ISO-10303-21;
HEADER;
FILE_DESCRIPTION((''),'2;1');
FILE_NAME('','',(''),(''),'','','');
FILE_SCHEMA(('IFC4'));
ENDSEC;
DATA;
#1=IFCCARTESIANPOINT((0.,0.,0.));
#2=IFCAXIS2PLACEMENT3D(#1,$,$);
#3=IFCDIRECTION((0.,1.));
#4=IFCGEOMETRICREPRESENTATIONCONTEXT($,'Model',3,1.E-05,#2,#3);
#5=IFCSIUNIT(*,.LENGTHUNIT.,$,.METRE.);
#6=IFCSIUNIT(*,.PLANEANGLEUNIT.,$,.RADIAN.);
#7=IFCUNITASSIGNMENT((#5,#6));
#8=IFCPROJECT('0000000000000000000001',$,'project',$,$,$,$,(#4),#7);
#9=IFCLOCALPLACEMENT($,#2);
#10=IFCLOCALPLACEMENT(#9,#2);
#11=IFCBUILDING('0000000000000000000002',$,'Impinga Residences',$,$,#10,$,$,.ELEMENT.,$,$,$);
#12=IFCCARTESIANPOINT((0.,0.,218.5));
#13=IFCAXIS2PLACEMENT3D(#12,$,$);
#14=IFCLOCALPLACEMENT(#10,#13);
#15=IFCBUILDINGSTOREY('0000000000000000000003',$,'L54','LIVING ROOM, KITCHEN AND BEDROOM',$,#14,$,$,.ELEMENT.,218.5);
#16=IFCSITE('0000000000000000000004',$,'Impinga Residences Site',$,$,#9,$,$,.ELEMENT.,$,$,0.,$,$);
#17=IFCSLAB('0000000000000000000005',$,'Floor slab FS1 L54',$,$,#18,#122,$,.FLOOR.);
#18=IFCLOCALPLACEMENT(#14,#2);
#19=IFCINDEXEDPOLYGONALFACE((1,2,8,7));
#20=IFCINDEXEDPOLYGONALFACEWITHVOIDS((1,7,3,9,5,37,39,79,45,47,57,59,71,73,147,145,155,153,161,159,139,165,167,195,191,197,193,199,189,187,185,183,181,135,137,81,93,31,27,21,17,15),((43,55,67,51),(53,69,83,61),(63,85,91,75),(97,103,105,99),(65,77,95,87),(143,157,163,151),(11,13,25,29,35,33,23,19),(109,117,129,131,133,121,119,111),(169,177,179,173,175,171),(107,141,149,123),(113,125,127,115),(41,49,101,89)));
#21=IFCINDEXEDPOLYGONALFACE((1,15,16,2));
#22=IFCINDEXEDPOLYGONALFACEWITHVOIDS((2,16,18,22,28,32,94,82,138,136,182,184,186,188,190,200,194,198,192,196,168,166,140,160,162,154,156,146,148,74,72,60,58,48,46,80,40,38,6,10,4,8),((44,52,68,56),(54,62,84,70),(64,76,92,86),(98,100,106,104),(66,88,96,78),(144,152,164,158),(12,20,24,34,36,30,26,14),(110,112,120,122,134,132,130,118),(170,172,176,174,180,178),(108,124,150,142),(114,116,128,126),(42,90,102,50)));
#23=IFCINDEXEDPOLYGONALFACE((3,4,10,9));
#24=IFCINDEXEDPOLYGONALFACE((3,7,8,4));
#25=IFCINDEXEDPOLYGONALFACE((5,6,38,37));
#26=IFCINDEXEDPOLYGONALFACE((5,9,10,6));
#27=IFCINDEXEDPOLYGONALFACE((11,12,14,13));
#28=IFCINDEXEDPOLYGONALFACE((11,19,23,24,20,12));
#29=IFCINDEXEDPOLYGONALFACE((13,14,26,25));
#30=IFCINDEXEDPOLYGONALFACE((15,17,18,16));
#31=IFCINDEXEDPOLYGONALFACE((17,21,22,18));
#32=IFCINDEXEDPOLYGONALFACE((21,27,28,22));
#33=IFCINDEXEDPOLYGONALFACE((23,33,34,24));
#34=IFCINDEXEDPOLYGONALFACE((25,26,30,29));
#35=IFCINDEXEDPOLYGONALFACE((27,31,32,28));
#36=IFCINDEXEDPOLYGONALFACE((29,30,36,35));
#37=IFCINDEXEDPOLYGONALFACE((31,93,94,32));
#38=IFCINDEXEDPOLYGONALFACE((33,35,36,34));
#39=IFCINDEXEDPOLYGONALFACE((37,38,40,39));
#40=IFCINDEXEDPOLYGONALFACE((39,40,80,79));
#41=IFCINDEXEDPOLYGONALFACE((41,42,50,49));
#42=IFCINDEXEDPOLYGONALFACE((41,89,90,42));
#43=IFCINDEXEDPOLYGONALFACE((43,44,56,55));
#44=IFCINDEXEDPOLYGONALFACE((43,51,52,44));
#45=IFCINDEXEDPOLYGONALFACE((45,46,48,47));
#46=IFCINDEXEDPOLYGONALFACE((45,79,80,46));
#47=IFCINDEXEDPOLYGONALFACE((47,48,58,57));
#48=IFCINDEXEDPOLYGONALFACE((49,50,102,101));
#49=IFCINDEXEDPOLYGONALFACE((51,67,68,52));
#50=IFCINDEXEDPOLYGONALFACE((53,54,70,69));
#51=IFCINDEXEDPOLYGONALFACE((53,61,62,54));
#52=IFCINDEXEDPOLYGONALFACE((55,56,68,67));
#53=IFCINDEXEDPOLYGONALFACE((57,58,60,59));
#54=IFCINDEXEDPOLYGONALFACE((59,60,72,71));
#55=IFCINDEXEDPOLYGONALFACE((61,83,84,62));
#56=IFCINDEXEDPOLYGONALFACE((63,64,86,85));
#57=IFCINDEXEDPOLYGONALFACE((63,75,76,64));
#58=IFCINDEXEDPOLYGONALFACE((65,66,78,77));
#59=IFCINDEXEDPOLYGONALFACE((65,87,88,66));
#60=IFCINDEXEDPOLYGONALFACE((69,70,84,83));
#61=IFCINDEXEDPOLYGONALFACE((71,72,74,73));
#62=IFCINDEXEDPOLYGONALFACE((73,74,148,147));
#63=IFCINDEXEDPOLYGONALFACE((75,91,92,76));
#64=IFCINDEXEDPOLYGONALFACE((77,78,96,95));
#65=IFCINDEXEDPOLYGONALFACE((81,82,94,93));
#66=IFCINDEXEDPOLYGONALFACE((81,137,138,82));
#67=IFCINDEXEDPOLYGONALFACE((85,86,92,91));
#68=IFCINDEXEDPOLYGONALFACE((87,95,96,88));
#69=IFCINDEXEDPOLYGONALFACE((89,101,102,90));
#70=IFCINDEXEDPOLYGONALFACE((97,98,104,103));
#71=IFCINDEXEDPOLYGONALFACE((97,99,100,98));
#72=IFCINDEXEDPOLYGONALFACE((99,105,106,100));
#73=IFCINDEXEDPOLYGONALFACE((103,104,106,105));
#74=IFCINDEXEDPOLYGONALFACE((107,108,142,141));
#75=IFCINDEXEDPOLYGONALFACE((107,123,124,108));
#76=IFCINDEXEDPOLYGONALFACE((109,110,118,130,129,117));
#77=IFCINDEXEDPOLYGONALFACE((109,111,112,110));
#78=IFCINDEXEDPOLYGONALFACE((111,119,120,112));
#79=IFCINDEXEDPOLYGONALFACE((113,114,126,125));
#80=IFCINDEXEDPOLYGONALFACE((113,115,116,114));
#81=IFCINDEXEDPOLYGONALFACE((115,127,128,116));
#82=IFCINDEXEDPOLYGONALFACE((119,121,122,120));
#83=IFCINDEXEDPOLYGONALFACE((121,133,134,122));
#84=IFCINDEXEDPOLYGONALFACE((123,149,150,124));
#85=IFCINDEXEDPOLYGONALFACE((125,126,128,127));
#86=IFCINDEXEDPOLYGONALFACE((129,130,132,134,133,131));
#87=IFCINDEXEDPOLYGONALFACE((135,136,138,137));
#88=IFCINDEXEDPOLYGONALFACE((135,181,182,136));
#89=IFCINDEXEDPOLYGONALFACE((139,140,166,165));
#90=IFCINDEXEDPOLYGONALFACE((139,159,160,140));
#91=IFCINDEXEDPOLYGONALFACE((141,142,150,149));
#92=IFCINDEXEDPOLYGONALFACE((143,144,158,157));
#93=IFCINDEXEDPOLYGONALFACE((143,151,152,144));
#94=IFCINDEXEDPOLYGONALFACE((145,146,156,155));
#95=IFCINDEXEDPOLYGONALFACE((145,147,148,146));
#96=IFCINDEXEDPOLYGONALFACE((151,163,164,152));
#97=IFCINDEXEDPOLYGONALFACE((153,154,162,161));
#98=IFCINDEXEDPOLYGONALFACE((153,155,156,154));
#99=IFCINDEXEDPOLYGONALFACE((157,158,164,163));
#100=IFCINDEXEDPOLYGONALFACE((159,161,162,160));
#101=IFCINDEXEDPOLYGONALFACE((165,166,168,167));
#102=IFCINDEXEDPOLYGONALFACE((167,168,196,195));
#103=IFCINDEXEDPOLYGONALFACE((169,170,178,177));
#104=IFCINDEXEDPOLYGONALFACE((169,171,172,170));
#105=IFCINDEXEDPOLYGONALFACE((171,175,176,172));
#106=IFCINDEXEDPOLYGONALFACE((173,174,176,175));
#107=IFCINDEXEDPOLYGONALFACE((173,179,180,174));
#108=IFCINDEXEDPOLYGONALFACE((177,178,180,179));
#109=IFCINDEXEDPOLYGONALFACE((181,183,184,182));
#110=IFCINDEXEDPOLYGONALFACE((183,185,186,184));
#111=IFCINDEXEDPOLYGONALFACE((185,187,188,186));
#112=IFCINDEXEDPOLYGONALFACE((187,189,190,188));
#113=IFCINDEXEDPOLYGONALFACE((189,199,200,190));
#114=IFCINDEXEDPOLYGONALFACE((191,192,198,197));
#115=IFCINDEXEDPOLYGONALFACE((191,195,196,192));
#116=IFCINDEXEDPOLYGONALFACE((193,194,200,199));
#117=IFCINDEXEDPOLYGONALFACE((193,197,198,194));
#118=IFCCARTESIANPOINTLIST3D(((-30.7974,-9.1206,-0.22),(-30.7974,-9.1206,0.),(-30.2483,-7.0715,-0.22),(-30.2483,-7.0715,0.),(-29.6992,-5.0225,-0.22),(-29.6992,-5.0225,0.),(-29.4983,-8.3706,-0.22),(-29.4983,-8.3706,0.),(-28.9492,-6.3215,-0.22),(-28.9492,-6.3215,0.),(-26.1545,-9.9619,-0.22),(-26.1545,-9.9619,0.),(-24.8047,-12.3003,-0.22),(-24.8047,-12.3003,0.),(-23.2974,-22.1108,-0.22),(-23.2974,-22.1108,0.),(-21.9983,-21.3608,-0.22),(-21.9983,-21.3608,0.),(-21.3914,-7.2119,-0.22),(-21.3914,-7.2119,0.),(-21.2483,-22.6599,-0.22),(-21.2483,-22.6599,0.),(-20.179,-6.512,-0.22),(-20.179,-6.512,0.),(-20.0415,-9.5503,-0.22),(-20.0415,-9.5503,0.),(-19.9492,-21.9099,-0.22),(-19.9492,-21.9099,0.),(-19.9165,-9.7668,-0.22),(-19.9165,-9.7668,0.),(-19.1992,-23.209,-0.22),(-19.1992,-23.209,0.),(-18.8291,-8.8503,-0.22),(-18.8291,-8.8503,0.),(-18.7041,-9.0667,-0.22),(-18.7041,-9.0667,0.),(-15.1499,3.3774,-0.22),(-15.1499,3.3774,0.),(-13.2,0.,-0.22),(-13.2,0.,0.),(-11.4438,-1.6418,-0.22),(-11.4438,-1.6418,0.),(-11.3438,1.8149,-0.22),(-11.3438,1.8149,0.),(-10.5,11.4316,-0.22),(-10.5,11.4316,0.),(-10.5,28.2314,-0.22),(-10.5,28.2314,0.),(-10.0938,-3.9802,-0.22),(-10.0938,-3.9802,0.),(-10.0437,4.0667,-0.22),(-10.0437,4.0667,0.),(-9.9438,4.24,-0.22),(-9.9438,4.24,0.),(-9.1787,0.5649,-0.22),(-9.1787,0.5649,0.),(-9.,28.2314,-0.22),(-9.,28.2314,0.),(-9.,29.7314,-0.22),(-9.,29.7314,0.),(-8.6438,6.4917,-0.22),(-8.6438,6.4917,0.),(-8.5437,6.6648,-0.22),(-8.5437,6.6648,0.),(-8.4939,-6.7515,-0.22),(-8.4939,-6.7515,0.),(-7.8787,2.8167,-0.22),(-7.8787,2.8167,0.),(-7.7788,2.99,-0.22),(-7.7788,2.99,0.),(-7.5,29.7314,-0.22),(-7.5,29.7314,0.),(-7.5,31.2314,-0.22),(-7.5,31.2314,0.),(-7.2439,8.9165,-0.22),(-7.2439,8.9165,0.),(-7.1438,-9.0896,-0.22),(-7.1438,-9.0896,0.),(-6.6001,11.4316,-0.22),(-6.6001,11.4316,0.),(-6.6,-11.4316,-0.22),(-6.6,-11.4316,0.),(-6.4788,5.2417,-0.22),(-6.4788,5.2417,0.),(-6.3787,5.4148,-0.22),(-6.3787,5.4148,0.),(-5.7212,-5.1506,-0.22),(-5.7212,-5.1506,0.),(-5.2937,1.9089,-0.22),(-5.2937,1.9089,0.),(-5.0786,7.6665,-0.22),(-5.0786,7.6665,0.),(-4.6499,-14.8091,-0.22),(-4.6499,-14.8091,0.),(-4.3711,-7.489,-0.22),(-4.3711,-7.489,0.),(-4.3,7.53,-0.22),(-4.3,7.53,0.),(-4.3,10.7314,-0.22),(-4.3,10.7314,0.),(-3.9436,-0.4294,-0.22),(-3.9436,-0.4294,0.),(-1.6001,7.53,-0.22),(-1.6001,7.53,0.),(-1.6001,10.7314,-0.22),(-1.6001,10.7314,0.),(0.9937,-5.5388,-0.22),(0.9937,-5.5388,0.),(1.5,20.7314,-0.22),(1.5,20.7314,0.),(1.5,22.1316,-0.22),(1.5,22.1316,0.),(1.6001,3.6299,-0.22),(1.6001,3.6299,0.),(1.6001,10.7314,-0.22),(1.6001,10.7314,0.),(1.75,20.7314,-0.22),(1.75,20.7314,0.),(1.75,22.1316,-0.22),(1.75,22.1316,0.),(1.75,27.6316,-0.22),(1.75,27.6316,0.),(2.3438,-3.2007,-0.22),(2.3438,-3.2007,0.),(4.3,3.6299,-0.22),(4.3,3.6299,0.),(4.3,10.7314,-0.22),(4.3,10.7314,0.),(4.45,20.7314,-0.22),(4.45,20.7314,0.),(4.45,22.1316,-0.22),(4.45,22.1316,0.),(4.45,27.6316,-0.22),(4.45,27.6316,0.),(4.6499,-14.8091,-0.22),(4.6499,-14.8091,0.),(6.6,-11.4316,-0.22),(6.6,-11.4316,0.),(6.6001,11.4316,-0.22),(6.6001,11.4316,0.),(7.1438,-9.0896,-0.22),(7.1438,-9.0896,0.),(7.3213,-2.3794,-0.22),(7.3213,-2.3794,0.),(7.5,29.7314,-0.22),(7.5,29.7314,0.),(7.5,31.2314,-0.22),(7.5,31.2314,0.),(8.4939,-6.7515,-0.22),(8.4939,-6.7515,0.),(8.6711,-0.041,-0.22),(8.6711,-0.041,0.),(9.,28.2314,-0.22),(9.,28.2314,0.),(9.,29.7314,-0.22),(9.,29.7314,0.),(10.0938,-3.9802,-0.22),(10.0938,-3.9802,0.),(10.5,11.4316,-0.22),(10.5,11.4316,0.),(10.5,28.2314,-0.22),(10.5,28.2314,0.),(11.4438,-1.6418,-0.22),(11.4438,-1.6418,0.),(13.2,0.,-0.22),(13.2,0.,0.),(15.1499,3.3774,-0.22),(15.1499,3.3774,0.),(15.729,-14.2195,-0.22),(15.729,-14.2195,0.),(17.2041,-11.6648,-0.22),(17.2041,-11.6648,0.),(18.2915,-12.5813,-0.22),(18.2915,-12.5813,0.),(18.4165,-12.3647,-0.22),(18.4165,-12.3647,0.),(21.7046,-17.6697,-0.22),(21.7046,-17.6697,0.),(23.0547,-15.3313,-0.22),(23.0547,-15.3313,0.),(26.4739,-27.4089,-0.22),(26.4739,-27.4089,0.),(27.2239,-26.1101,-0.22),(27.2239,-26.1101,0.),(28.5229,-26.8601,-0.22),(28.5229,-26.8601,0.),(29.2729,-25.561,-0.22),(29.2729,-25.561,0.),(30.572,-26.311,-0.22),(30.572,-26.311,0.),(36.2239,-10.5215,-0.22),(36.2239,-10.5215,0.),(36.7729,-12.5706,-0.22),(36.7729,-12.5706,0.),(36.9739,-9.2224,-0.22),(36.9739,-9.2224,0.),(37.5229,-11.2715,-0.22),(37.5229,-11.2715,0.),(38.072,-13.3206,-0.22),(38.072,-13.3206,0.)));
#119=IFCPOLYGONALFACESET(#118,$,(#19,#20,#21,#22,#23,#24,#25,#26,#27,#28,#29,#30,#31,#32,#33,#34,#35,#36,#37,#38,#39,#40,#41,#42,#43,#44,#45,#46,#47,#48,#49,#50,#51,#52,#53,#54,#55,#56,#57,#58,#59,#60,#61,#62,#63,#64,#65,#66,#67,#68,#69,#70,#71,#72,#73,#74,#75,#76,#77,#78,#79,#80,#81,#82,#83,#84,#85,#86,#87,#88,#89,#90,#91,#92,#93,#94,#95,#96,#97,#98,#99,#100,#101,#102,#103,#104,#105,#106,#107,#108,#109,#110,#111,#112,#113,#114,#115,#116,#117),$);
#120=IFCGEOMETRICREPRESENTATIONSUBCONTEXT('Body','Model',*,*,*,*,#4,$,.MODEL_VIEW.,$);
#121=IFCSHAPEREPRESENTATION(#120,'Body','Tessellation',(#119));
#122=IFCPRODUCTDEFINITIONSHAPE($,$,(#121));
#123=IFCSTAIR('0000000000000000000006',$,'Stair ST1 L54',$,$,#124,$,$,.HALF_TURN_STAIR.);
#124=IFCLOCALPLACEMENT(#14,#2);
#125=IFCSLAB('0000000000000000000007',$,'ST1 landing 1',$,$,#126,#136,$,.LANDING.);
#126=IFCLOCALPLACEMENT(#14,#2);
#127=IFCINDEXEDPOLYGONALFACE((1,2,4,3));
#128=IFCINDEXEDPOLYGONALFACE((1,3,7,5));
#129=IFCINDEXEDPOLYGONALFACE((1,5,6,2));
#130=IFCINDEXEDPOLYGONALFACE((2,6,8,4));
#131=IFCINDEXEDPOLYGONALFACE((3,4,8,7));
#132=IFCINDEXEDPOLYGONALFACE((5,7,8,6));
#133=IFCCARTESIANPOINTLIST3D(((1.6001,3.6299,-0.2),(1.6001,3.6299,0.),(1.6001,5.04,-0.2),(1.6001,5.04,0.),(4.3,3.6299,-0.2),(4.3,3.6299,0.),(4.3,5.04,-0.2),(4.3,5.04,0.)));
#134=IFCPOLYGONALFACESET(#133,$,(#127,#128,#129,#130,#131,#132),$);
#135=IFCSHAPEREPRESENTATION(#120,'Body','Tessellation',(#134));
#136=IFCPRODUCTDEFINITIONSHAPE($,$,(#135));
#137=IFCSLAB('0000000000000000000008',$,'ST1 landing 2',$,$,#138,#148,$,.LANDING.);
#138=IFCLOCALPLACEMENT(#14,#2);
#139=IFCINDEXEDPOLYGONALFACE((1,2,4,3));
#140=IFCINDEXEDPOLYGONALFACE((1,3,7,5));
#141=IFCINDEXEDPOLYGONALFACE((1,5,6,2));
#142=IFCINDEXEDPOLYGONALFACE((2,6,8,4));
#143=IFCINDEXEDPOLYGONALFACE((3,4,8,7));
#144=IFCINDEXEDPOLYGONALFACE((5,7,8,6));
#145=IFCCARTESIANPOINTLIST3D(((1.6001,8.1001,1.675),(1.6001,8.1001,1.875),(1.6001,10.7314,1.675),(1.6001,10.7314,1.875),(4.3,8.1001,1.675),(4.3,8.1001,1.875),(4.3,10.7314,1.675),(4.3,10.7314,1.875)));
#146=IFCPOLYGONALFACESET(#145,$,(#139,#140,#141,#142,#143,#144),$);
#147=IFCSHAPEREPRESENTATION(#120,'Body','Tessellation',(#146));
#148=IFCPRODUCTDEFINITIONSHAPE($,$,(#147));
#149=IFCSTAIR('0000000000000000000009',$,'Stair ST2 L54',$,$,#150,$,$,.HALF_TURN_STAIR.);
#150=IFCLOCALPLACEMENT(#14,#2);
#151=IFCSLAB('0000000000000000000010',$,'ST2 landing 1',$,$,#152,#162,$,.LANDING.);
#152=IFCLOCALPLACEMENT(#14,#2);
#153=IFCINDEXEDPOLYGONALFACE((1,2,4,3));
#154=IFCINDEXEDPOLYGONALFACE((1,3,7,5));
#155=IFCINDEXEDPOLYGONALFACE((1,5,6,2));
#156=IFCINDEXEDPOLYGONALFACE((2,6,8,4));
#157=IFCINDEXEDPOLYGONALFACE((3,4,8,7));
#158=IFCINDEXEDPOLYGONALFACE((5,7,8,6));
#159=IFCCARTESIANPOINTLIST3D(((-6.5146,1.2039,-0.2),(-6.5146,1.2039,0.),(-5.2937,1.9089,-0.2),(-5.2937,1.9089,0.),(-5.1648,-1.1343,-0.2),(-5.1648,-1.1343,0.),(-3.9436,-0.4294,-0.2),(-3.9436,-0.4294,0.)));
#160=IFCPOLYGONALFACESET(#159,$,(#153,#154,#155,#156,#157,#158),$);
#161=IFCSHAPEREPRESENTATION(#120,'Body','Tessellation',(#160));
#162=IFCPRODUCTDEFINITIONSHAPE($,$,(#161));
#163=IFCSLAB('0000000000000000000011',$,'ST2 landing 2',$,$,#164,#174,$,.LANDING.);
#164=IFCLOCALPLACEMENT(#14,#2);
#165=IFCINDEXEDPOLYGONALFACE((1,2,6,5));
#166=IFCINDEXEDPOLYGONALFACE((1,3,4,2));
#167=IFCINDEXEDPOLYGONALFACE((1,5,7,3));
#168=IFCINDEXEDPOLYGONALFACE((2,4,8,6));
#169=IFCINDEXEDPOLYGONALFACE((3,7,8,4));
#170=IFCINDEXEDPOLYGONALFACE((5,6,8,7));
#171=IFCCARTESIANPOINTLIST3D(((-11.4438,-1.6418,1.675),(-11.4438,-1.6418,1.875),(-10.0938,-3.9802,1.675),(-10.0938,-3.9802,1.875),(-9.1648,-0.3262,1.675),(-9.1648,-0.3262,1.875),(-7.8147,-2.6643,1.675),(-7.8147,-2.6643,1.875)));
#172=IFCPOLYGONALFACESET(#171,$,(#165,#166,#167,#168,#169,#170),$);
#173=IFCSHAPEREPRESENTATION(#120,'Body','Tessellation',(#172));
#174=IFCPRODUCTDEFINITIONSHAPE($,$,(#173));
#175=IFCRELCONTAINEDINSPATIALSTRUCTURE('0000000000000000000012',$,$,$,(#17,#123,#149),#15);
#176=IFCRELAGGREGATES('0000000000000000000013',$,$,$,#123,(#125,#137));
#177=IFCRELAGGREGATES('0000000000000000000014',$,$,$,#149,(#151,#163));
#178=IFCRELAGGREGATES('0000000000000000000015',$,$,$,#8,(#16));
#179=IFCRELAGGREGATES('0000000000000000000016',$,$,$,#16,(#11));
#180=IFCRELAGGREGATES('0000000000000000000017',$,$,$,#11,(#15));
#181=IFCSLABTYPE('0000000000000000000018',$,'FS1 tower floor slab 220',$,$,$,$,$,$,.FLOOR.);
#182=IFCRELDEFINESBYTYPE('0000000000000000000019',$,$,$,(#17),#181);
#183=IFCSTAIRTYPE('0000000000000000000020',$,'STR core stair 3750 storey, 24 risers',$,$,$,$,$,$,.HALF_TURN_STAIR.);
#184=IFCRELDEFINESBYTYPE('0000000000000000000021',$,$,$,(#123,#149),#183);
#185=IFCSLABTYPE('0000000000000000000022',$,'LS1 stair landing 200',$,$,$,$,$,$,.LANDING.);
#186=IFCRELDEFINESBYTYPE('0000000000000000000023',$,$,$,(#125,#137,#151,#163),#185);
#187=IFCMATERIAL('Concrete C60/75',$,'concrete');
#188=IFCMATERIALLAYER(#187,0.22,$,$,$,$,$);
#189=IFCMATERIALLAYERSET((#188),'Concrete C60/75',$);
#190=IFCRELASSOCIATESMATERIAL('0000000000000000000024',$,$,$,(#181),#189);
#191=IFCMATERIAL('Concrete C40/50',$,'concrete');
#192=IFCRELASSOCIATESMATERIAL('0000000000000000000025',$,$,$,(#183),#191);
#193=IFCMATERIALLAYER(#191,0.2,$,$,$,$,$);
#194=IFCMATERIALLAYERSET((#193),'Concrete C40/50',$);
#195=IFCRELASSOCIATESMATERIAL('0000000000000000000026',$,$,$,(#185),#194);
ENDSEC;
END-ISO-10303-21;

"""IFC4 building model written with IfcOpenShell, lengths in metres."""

from ifc_helpers import new_model, si_unit, direction, frame, origin, place, context, subcontext, project, spatial, polyline, outline, extrude, material, layer, layer_set, type_object, element, aggregate, save


model = new_model("IFC4")

# Units and contexts
model_context = context("Model", 3, precision=1e-05, world=origin(), true_north=direction((0.0, 1.0)))
body_context = subcontext(model_context, "Body", "Model", "MODEL_VIEW")
ifc_project = project(units=[si_unit("LENGTHUNIT", "METRE"), si_unit("PLANEANGLEUNIT", "RADIAN")], contexts=[model_context])

# Site, building, storey
site_placement = place(None, origin())
site = spatial("IfcSite", under=ifc_project, at=site_placement, Name="Impinga Residences Site", CompositionType="ELEMENT", RefElevation=0.0)
building_placement = place(site_placement, origin())
building = spatial("IfcBuilding", under=site, at=building_placement, Name="Impinga Residences", CompositionType="ELEMENT")
storey_placement = place(building_placement, frame((0.0, 0.0, 218.5)))
storey = spatial("IfcBuildingStorey", under=building, at=storey_placement, Name="L54", Description="LIVING ROOM, KITCHEN AND BEDROOM", CompositionType="ELEMENT", Elevation=218.5)

# Slab
ifc_material_1 = material(Name="Concrete C60/75", Category="concrete")
ifc_layer_1 = layer(ifc_material_1, 0.22)
ifc_layer_set_1 = layer_set([ifc_layer_1], Name="Concrete C60/75")
slab_type_1 = type_object("IfcSlabType", Name="FS1 tower floor slab 220", PredefinedType="FLOOR", material=ifc_layer_set_1)
slab_1_placement = place(storey_placement, frame((0.0, 0.0, -0.22)))
element("IfcSlab", 1, at=slab_1_placement, inside=storey, type_object=slab_type_1, Name="Floor slab FS1 L54", PredefinedType="FLOOR", context=body_context, shape_type="SweptSolid", body=[
    extrude(outline(polyline([(36.2239, -10.5215), (37.5229, -11.2715), (36.7729, -12.5706), (38.072, -13.3206), (30.572, -26.311), (29.2729, -25.561), (28.5229, -26.8601), (27.2239, -26.1101), (26.4739, -27.4089), (4.6499, -14.8091), (9.9001, -5.7158), (6.6001, -11.4316), (-6.6001, -11.4316), (-9.9001, -5.7158), (-4.6499, -14.8091), (-19.1992, -23.209), (-19.9492, -21.9099), (-21.2483, -22.6599), (-21.9983, -21.3608), (-23.2974, -22.1108), (-30.7974, -9.1206), (-29.4983, -8.3706), (-30.2483, -7.0715), (-28.9492, -6.3215), (-29.6992, -5.0225), (-15.1499, 3.3774), (-13.2, 0.0), (-6.6001, 11.4316), (-10.5, 11.4316), (-10.5, 28.2314), (-9.0, 28.2314), (-9.0, 29.7314), (-7.5, 29.7314), (-7.5, 31.2314), (7.5, 31.2314), (7.5, 29.7314), (9.0, 29.7314), (9.0, 28.2314), (10.5, 28.2314), (10.5, 11.4316), (6.6001, 11.4316), (13.2, 0.0), (15.1499, 3.3774), (36.9739, -9.2224), (36.2239, -10.5215)]), holes=[polyline([(-18.7041, -9.0667), (-18.8291, -8.8503), (-18.8291, -8.8503), (-20.179, -6.512), (-21.3914, -7.2119), (-21.3914, -7.2119), (-26.1545, -9.9619), (-24.8047, -12.3003), (-20.0415, -9.5503), (-19.9165, -9.7668), (-18.7041, -9.0667)]), polyline([(-5.7212, -5.1506), (-8.4939, -6.7515), (-7.1438, -9.0896), (-4.3711, -7.489), (-5.7212, -5.1506)]), polyline([(-5.2937, 1.9089), (-11.4438, -1.6418), (-10.0938, -3.9802), (-3.9436, -0.4294), (-5.2937, 1.9089)]), polyline([(-7.8787, 2.8167), (-10.0437, 4.0667), (-11.3438, 1.8149), (-9.1787, 0.5649), (-7.8787, 2.8167)]), polyline([(-6.4788, 5.2417), (-8.6438, 6.4917), (-9.9438, 4.24), (-7.7788, 2.99), (-6.4788, 5.2417)]), polyline([(-6.3787, 5.4148), (-5.0786, 7.6665), (-7.2439, 8.9165), (-8.5437, 6.6648), (-6.3787, 5.4148)]), polyline([(-4.3, 7.53), (-1.6001, 7.53), (-1.6001, 10.7314), (-4.3, 10.7314), (-4.3, 7.53)]), polyline([(15.729, -14.2195), (21.7046, -17.6697), (23.0547, -15.3313), (18.2915, -12.5813), (18.4165, -12.3647), (17.2041, -11.6648), (15.729, -14.2195)]), polyline([(0.9937, -5.5388), (7.1438, -9.0896), (8.4939, -6.7515), (2.3438, -3.2007), (0.9937, -5.5388)]), polyline([(7.3213, -2.3794), (10.0938, -3.9802), (11.4438, -1.6418), (8.6711, -0.041), (7.3213, -2.3794)]), polyline([(4.3, 3.6299), (4.3, 10.7314), (1.6001, 10.7314), (1.6001, 3.6299), (4.3, 3.6299)]), polyline([(1.75, 22.1316), (1.5, 22.1316), (1.5, 20.7314), (1.75, 20.7314), (4.45, 20.7314), (4.45, 22.1316), (4.45, 27.6316), (1.75, 27.6316), (1.75, 22.1316)])]), origin(), (0.0, 0.0, 1.0), 0.22),
])

# Stairs, slabs
ifc_material_2 = material(Name="Concrete C40/50", Category="concrete")
stair_type_1 = type_object("IfcStairType", Name="STR core stair 3750 storey, 24 risers", PredefinedType="HALF_TURN_STAIR", material=ifc_material_2)
stair_1_placement = place(storey_placement, origin())
stair_1 = element("IfcStair", 2, at=stair_1_placement, inside=storey, type_object=stair_type_1, Name="Stair ST1 L54", PredefinedType="HALF_TURN_STAIR")
ifc_layer_2 = layer(ifc_material_2, 0.2)
ifc_layer_set_2 = layer_set([ifc_layer_2], Name="Concrete C40/50")
slab_type_2 = type_object("IfcSlabType", Name="LS1 stair landing 200", PredefinedType="LANDING", material=ifc_layer_set_2)
slab_2_placement = place(storey_placement, frame((0.0, 0.0, -0.2)))
slab_2 = element("IfcSlab", 3, at=slab_2_placement, type_object=slab_type_2, Name="ST1 landing 1", PredefinedType="LANDING", context=body_context, shape_type="SweptSolid", body=[
    extrude(outline(polyline([(1.6001, 3.6299), (4.3, 3.6299), (4.3, 5.04), (1.6001, 5.04), (1.6001, 3.6299)])), origin(), (0.0, 0.0, 1.0), 0.2),
])
slab_3_placement = place(storey_placement, frame((0.0, 0.0, 1.675)))
slab_3 = element("IfcSlab", 4, at=slab_3_placement, type_object=slab_type_2, Name="ST1 landing 2", PredefinedType="LANDING", context=body_context, shape_type="SweptSolid", body=[
    extrude(outline(polyline([(1.6001, 8.1001), (4.3, 8.1001), (4.3, 10.7314), (1.6001, 10.7314), (1.6001, 8.1001)])), origin(), (0.0, 0.0, 1.0), 0.2),
])
aggregate(stair_1, [slab_2, slab_3])
stair_2_placement = place(storey_placement, origin())
stair_2 = element("IfcStair", 5, at=stair_2_placement, inside=storey, type_object=stair_type_1, Name="Stair ST2 L54", PredefinedType="HALF_TURN_STAIR")
slab_4_placement = place(storey_placement, frame((0.0, 0.0, -0.2)))
slab_4 = element("IfcSlab", 6, at=slab_4_placement, type_object=slab_type_2, Name="ST2 landing 1", PredefinedType="LANDING", context=body_context, shape_type="SweptSolid", body=[
    extrude(outline(polyline([(-3.9436, -0.4294), (-5.2937, 1.9089), (-6.5146, 1.2039), (-5.1648, -1.1343), (-3.9436, -0.4294)])), origin(), (0.0, 0.0, 1.0), 0.2),
])
slab_5_placement = place(storey_placement, frame((0.0, 0.0, 1.675)))
slab_5 = element("IfcSlab", 7, at=slab_5_placement, type_object=slab_type_2, Name="ST2 landing 2", PredefinedType="LANDING", context=body_context, shape_type="SweptSolid", body=[
    extrude(outline(polyline([(-7.8147, -2.6643), (-9.1648, -0.3262), (-11.4438, -1.6418), (-10.0938, -3.9802), (-7.8147, -2.6643)])), origin(), (0.0, 0.0, 1.0), 0.2),
])
aggregate(stair_2, [slab_4, slab_5])

save(model, "model.ifc")
